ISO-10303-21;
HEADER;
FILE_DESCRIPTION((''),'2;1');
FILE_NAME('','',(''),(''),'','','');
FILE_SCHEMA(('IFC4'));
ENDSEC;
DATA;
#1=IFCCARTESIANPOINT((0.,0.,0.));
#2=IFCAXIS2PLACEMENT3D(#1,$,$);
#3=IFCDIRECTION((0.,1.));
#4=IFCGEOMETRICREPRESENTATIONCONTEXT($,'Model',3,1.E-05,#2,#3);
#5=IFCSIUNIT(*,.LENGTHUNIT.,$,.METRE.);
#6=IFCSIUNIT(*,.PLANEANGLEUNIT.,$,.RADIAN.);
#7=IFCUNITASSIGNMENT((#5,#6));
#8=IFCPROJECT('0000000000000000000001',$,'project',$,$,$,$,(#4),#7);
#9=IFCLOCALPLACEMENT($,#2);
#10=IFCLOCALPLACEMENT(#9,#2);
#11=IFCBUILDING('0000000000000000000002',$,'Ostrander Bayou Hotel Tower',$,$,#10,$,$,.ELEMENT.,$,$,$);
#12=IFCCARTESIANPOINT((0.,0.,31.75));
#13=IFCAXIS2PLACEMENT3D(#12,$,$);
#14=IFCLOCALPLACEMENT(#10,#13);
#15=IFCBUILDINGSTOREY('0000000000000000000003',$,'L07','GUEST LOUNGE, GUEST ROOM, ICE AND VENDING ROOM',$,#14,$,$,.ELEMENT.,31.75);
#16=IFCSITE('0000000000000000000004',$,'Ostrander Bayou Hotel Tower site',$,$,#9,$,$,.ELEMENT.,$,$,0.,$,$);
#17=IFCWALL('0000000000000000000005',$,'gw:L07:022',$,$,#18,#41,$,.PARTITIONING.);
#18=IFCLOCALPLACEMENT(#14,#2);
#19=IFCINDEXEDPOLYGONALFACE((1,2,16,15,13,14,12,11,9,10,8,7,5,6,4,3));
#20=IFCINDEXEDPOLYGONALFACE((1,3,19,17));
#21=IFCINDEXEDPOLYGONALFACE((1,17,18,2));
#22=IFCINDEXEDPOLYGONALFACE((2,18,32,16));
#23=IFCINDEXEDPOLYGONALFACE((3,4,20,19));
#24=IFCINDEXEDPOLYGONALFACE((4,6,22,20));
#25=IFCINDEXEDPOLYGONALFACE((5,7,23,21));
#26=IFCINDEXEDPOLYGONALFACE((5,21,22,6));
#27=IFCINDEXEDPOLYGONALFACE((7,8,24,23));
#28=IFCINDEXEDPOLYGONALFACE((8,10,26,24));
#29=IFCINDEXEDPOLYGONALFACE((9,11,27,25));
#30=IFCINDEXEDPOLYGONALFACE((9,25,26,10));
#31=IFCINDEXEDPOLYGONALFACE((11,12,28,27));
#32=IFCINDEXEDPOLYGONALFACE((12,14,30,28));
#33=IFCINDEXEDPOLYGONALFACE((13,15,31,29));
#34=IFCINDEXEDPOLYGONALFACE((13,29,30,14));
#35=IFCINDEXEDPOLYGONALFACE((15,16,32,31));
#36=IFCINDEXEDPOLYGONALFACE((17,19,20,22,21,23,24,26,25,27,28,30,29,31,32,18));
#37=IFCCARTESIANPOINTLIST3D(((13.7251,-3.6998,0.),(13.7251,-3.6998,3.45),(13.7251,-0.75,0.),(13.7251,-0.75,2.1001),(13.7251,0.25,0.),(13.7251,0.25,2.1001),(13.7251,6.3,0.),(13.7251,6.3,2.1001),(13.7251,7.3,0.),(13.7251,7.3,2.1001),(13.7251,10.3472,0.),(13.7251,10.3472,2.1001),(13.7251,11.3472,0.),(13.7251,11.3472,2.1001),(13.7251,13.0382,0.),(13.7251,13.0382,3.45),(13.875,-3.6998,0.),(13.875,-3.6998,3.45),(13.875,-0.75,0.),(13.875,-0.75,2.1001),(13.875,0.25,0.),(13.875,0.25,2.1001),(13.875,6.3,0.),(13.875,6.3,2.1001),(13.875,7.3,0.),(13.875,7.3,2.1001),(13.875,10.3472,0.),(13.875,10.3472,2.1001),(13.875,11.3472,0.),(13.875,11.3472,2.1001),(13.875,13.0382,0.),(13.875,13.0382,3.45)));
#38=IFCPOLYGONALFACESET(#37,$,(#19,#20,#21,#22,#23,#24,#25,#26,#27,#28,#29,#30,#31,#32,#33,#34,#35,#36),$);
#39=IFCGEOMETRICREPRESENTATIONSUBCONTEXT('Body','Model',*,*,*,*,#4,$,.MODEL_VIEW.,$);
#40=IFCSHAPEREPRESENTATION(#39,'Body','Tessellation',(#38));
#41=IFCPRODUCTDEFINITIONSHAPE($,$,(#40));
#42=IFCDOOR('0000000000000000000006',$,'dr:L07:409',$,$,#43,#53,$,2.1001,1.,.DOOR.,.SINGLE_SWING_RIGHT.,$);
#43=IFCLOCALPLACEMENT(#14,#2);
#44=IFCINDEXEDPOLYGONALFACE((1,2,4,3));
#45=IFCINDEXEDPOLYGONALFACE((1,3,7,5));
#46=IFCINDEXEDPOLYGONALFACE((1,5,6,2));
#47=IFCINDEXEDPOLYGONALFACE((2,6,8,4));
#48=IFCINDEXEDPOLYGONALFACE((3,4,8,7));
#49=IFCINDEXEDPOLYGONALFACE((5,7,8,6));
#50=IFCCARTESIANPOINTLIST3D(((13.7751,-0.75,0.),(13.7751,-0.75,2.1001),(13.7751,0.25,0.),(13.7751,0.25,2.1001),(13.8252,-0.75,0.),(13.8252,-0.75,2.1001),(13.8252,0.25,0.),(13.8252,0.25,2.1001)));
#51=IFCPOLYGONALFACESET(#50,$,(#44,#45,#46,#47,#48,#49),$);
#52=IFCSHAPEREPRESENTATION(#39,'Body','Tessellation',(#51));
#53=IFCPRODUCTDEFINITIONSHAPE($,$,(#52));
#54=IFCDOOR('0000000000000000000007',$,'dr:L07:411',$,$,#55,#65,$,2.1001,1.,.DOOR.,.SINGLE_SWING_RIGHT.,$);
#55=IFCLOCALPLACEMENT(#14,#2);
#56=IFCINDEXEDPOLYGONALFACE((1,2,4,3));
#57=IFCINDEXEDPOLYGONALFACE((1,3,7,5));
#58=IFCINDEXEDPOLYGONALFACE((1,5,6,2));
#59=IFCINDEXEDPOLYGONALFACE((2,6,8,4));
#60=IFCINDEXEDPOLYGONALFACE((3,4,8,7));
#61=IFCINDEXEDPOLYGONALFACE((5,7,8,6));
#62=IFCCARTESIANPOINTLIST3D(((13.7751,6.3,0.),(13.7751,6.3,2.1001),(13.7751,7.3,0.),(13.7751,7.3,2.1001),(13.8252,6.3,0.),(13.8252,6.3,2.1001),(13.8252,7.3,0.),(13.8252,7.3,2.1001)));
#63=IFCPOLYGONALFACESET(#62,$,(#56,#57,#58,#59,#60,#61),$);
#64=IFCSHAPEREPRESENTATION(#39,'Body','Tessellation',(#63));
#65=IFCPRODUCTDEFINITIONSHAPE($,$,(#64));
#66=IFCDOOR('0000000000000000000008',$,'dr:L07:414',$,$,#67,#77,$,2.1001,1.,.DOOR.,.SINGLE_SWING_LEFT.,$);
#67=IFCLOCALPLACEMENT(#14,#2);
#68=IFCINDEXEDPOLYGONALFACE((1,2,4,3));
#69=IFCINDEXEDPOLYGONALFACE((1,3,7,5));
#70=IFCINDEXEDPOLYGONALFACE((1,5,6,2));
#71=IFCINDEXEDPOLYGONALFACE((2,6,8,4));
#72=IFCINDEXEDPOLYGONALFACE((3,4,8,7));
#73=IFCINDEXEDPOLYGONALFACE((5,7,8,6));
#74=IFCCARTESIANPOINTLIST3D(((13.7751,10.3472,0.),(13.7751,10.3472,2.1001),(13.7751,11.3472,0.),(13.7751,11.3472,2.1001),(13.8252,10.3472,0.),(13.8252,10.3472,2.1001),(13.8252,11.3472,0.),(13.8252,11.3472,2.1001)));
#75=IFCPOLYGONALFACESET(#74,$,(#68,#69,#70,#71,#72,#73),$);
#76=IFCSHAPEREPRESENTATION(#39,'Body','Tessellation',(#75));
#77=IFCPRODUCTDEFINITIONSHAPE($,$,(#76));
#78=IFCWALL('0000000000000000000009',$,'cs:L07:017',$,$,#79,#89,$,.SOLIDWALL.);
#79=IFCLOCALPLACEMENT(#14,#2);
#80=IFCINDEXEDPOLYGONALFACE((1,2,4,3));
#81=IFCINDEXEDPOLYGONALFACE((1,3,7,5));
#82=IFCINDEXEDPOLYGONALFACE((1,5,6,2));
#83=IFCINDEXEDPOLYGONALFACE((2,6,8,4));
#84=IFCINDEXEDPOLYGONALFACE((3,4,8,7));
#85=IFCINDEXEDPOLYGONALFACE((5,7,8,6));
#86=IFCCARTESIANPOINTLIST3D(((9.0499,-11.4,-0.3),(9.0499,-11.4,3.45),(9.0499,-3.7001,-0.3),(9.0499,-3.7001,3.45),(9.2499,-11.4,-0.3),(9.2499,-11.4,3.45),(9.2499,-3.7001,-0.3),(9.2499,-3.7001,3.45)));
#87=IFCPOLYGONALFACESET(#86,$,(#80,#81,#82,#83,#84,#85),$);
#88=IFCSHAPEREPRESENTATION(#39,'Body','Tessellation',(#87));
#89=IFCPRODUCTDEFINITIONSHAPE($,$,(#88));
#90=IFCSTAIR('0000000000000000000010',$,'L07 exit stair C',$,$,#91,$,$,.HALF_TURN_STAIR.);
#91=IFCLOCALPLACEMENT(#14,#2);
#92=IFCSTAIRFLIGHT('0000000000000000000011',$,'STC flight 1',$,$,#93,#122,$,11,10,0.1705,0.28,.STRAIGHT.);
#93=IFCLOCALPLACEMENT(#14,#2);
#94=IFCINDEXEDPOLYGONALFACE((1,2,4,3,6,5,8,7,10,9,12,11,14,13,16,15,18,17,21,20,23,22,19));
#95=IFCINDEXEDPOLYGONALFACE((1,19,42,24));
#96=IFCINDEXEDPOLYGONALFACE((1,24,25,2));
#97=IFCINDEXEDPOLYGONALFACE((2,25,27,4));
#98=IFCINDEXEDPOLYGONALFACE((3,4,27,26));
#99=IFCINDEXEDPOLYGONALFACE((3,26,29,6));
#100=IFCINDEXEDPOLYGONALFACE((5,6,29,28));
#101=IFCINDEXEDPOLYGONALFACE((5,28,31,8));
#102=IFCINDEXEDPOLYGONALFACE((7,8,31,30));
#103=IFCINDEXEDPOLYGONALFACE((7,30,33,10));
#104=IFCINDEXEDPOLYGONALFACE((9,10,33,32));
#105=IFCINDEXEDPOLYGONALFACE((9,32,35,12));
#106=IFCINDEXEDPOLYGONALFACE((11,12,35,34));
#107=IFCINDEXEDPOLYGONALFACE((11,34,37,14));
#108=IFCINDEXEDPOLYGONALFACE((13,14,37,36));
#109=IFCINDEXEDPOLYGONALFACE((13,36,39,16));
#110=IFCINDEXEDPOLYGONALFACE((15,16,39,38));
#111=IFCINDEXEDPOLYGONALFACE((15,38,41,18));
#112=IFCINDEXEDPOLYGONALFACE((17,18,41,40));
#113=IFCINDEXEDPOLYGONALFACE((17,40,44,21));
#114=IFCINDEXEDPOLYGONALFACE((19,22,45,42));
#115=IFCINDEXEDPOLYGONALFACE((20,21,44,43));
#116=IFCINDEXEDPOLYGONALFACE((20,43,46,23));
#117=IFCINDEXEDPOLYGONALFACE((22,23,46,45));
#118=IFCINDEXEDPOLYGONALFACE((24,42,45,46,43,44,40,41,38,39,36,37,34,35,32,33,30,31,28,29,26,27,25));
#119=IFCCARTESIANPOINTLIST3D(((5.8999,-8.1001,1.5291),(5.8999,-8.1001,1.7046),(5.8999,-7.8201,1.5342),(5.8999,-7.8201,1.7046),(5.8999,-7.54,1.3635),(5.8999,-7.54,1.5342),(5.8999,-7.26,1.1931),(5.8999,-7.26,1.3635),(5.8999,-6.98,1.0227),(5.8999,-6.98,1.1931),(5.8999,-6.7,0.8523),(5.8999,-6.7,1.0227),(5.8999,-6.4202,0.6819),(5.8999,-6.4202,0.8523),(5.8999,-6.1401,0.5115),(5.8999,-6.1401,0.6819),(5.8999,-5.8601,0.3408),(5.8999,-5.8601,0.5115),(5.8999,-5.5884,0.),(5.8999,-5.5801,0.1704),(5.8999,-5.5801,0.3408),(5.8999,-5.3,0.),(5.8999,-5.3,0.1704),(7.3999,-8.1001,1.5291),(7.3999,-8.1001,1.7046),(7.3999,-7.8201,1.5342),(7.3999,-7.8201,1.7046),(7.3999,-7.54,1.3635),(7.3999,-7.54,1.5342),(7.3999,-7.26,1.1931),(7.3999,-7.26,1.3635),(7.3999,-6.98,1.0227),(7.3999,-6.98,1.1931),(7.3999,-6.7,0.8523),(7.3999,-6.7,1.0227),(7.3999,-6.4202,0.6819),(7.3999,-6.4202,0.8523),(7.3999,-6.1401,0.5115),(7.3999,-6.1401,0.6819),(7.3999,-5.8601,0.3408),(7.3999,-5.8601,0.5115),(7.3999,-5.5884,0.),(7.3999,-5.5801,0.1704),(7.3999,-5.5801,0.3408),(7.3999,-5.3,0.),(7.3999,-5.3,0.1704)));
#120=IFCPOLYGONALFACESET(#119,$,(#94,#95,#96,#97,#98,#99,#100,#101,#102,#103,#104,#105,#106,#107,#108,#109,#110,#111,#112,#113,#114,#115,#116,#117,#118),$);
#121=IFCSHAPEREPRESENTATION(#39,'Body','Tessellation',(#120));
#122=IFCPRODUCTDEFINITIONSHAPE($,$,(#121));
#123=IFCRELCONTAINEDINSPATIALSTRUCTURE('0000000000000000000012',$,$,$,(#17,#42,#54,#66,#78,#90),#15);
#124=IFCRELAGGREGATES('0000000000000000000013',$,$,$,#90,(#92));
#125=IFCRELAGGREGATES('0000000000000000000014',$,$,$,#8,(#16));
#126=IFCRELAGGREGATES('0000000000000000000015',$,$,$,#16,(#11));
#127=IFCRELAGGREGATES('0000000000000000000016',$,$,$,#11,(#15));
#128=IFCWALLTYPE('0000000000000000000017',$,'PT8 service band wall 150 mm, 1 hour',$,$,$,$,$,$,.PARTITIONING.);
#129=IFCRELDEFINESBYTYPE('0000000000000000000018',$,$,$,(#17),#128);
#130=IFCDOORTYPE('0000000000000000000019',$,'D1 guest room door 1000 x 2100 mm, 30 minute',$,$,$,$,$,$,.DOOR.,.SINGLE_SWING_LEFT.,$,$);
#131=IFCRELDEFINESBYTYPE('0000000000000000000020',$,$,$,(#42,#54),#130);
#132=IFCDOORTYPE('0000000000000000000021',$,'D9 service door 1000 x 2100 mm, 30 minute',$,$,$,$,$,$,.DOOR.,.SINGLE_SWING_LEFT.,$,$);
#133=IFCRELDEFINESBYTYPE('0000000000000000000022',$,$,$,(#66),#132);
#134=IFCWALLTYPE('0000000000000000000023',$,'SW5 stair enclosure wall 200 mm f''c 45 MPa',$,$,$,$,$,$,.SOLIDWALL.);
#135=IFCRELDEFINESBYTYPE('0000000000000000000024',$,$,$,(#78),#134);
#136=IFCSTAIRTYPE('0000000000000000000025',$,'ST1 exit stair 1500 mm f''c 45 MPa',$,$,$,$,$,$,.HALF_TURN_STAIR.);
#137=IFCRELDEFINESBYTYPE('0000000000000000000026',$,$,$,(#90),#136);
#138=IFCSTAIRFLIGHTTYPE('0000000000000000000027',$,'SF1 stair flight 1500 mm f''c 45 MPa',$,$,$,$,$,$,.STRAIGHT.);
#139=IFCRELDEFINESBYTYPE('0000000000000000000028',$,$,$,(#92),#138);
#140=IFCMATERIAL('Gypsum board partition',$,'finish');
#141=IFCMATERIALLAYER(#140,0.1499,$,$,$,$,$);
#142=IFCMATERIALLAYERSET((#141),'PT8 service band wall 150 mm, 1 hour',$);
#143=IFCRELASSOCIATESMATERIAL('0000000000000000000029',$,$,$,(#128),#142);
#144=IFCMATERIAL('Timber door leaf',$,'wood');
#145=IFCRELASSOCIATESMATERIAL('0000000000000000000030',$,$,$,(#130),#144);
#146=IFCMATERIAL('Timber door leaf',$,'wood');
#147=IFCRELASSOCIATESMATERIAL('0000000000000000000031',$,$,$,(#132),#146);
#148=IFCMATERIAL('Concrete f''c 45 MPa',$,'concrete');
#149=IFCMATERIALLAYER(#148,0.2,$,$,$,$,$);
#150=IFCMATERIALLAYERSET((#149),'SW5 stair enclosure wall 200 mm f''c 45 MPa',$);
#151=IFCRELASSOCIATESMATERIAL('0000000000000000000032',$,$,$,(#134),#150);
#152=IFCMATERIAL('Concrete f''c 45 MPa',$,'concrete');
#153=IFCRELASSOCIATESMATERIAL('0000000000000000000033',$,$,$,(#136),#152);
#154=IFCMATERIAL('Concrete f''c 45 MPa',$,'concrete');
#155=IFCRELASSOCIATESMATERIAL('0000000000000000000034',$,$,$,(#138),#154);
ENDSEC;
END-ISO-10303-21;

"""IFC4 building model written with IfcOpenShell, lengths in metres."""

from ifc_helpers import new_model, si_unit, direction, frame, frame_2d, origin, place, context, subcontext, project, spatial, polyline, rectangle, outline, extrude, material, layer, layer_set, type_object, element, fill, aggregate, save


model = new_model("IFC4")

# Units and contexts
model_context = context("Model", 3, precision=1e-05, world=origin(), true_north=direction((0.0, 1.0)))
body_context = subcontext(model_context, "Body", "Model", "MODEL_VIEW")
ifc_project = project(units=[si_unit("LENGTHUNIT", "METRE"), si_unit("PLANEANGLEUNIT", "RADIAN")], contexts=[model_context])

# Site, building, storey
site_placement = place(None, origin())
site = spatial("IfcSite", under=ifc_project, at=site_placement, Name="Ostrander Bayou Hotel Tower site", CompositionType="ELEMENT", RefElevation=0.0)
building_placement = place(site_placement, origin())
building = spatial("IfcBuilding", under=site, at=building_placement, Name="Ostrander Bayou Hotel Tower", CompositionType="ELEMENT")
storey_placement = place(building_placement, frame((0.0, 0.0, 31.75)))
storey = spatial("IfcBuildingStorey", under=building, at=storey_placement, Name="L07", Description="GUEST LOUNGE, GUEST ROOM, ICE AND VENDING ROOM", CompositionType="ELEMENT", Elevation=31.75)

# Shared definitions
ifc_material_1 = material(Name="Gypsum board partition", Category="finish")
ifc_layer_1 = layer(ifc_material_1, 0.1499)
ifc_layer_set_1 = layer_set([ifc_layer_1], Name="PT8 service band wall 150 mm, 1 hour")
wall_type_1 = type_object("IfcWallType", Name="PT8 service band wall 150 mm, 1 hour", PredefinedType="PARTITIONING", material=ifc_layer_set_1)

# Wall, openings, doors
wall_1_placement = place(storey_placement, frame((13.8, -3.7, 0.0), z_axis=(0.0, 0.0, 1.0), x_axis=(0.0, 1.0, 0.0)))
wall_1 = element("IfcWall", 1, at=wall_1_placement, inside=storey, type_object=wall_type_1, Name="gw:L07:022", PredefinedType="PARTITIONING", context=body_context, shape_type="SweptSolid", body=[
    extrude(rectangle(XDim=16.738, YDim=0.1499, at=frame_2d((8.3691, 0.0))), origin(), (0.0, 0.0, 1.0), 3.45),
])
opening_1_placement = place(wall_1_placement, frame((2.95, 0.0, 0.0)))
opening_1 = element("IfcOpeningElement", 2, at=opening_1_placement, cuts=wall_1, PredefinedType="OPENING", context=body_context, shape_type="SweptSolid", body=[
    extrude(rectangle(XDim=1.0, YDim=2.1001, at=frame_2d((0.5, 1.05))), frame((0.0, 0.075, 0.0), z_axis=(0.0, -1.0, 0.0), x_axis=(1.0, 0.0, 0.0)), (0.0, 0.0, 1.0), 0.1499),
])
opening_2_placement = place(wall_1_placement, frame((10.0, 0.0, 0.0)))
opening_2 = element("IfcOpeningElement", 3, at=opening_2_placement, cuts=wall_1, PredefinedType="OPENING", context=body_context, shape_type="SweptSolid", body=[
    extrude(rectangle(XDim=1.0, YDim=2.1001, at=frame_2d((0.5, 1.05))), frame((0.0, 0.075, 0.0), z_axis=(0.0, -1.0, 0.0), x_axis=(1.0, 0.0, 0.0)), (0.0, 0.0, 1.0), 0.1499),
])
opening_3_placement = place(wall_1_placement, frame((14.0471, 0.0, 0.0)))
opening_3 = element("IfcOpeningElement", 4, at=opening_3_placement, cuts=wall_1, PredefinedType="OPENING", context=body_context, shape_type="SweptSolid", body=[
    extrude(rectangle(XDim=1.0, YDim=2.1001, at=frame_2d((0.5, 1.05))), frame((0.0, 0.075, 0.0), z_axis=(0.0, -1.0, 0.0), x_axis=(1.0, 0.0, 0.0)), (0.0, 0.0, 1.0), 0.1499),
])
ifc_material_2 = material(Name="Timber door leaf", Category="wood")
door_type_1 = type_object("IfcDoorType", Name="D1 guest room door 1000 x 2100 mm, 30 minute", OperationType="SINGLE_SWING_LEFT", PredefinedType="DOOR", material=ifc_material_2)
door_1_placement = place(opening_1_placement, origin())
door_1 = element("IfcDoor", 5, at=door_1_placement, inside=storey, type_object=door_type_1, Name="dr:L07:409", OperationType="SINGLE_SWING_RIGHT", OverallHeight=2.1001, OverallWidth=1.0, PredefinedType="DOOR", context=body_context, shape_type="SweptSolid", body=[
    extrude(rectangle(XDim=1.0, YDim=2.1001, at=frame_2d((0.5, 1.05))), frame((0.0, 0.0249, 0.0), z_axis=(0.0, -1.0, 0.0), x_axis=(1.0, 0.0, 0.0)), (0.0, 0.0, 1.0), 0.05),
])
fill(opening_1, door_1)
door_2_placement = place(opening_2_placement, origin())
door_2 = element("IfcDoor", 6, at=door_2_placement, inside=storey, type_object=door_type_1, Name="dr:L07:411", OperationType="SINGLE_SWING_RIGHT", OverallHeight=2.1001, OverallWidth=1.0, PredefinedType="DOOR", context=body_context, shape_type="SweptSolid", body=[
    extrude(rectangle(XDim=1.0, YDim=2.1001, at=frame_2d((0.5, 1.05))), frame((0.0, 0.0249, 0.0), z_axis=(0.0, -1.0, 0.0), x_axis=(1.0, 0.0, 0.0)), (0.0, 0.0, 1.0), 0.05),
])
fill(opening_2, door_2)
ifc_material_3 = material(Name="Timber door leaf", Category="wood")
door_type_2 = type_object("IfcDoorType", Name="D9 service door 1000 x 2100 mm, 30 minute", OperationType="SINGLE_SWING_LEFT", PredefinedType="DOOR", material=ifc_material_3)
door_3_placement = place(opening_3_placement, origin())
door_3 = element("IfcDoor", 7, at=door_3_placement, inside=storey, type_object=door_type_2, Name="dr:L07:414", OperationType="SINGLE_SWING_LEFT", OverallHeight=2.1001, OverallWidth=1.0, PredefinedType="DOOR", context=body_context, shape_type="SweptSolid", body=[
    extrude(rectangle(XDim=1.0, YDim=2.1001, at=frame_2d((0.5, 1.05))), frame((0.0, 0.0249, 0.0), z_axis=(0.0, -1.0, 0.0), x_axis=(1.0, 0.0, 0.0)), (0.0, 0.0, 1.0), 0.05),
])
fill(opening_3, door_3)

# Wall
ifc_material_4 = material(Name="Concrete f'c 45 MPa", Category="concrete")
ifc_layer_2 = layer(ifc_material_4, 0.2)
ifc_layer_set_2 = layer_set([ifc_layer_2], Name="SW5 stair enclosure wall 200 mm f'c 45 MPa")
wall_type_2 = type_object("IfcWallType", Name="SW5 stair enclosure wall 200 mm f'c 45 MPa", PredefinedType="SOLIDWALL", material=ifc_layer_set_2)
wall_2_placement = place(storey_placement, frame((9.1499, -3.7, -0.3), z_axis=(0.0, 0.0, 1.0), x_axis=(0.0, -1.0, 0.0)))
element("IfcWall", 8, at=wall_2_placement, inside=storey, type_object=wall_type_2, Name="cs:L07:017", PredefinedType="SOLIDWALL", context=body_context, shape_type="SweptSolid", body=[
    extrude(rectangle(XDim=7.7, YDim=0.2, at=frame_2d((3.8501, 0.0))), origin(), (0.0, 0.0, 1.0), 3.75),
])

# Stair, stair flight
ifc_material_5 = material(Name="Concrete f'c 45 MPa", Category="concrete")
stair_type = type_object("IfcStairType", Name="ST1 exit stair 1500 mm f'c 45 MPa", PredefinedType="HALF_TURN_STAIR", material=ifc_material_5)
stair_placement = place(storey_placement, origin())
stair = element("IfcStair", 9, at=stair_placement, inside=storey, type_object=stair_type, Name="L07 exit stair C", PredefinedType="HALF_TURN_STAIR")
ifc_material_6 = material(Name="Concrete f'c 45 MPa", Category="concrete")
stair_flight_type = type_object("IfcStairFlightType", Name="SF1 stair flight 1500 mm f'c 45 MPa", PredefinedType="STRAIGHT", material=ifc_material_6)
stair_flight_placement = place(storey_placement, frame((6.6499, -5.3, 0.0), z_axis=(0.0, 0.0, 1.0), x_axis=(0.0, -1.0, 0.0)))
stair_flight = element("IfcStairFlight", 10, at=stair_flight_placement, type_object=stair_flight_type, Name="STC flight 1", NumberOfRisers=11, NumberOfTreads=10, PredefinedType="STRAIGHT", RiserHeight=0.1705, TreadLength=0.28, context=body_context, shape_type="SweptSolid", body=[
    extrude(outline(polyline([(0.0, 0.0), (0.0, 0.1704), (0.28, 0.1704), (0.28, 0.3408), (0.5601, 0.3408), (0.5601, 0.5115), (0.8401, 0.5115), (0.8401, 0.6819), (1.1201, 0.6819), (1.1201, 0.8523), (1.3999, 0.8523), (1.3999, 1.0227), (1.6799, 1.0227), (1.6799, 1.1931), (1.96, 1.1931), (1.96, 1.3635), (2.24, 1.3635), (2.24, 1.5342), (2.52, 1.5342), (2.52, 1.7046), (2.8, 1.7046), (2.8, 1.875), (2.8, 1.5291), (0.2883, 0.0), (0.0, 0.0)])), frame((0.0, 0.75, 0.0), z_axis=(0.0, -1.0, 0.0), x_axis=(1.0, 0.0, 0.0)), (0.0, 0.0, 1.0), 1.5),
])
aggregate(stair, [stair_flight])

save(model, "model.ifc")
